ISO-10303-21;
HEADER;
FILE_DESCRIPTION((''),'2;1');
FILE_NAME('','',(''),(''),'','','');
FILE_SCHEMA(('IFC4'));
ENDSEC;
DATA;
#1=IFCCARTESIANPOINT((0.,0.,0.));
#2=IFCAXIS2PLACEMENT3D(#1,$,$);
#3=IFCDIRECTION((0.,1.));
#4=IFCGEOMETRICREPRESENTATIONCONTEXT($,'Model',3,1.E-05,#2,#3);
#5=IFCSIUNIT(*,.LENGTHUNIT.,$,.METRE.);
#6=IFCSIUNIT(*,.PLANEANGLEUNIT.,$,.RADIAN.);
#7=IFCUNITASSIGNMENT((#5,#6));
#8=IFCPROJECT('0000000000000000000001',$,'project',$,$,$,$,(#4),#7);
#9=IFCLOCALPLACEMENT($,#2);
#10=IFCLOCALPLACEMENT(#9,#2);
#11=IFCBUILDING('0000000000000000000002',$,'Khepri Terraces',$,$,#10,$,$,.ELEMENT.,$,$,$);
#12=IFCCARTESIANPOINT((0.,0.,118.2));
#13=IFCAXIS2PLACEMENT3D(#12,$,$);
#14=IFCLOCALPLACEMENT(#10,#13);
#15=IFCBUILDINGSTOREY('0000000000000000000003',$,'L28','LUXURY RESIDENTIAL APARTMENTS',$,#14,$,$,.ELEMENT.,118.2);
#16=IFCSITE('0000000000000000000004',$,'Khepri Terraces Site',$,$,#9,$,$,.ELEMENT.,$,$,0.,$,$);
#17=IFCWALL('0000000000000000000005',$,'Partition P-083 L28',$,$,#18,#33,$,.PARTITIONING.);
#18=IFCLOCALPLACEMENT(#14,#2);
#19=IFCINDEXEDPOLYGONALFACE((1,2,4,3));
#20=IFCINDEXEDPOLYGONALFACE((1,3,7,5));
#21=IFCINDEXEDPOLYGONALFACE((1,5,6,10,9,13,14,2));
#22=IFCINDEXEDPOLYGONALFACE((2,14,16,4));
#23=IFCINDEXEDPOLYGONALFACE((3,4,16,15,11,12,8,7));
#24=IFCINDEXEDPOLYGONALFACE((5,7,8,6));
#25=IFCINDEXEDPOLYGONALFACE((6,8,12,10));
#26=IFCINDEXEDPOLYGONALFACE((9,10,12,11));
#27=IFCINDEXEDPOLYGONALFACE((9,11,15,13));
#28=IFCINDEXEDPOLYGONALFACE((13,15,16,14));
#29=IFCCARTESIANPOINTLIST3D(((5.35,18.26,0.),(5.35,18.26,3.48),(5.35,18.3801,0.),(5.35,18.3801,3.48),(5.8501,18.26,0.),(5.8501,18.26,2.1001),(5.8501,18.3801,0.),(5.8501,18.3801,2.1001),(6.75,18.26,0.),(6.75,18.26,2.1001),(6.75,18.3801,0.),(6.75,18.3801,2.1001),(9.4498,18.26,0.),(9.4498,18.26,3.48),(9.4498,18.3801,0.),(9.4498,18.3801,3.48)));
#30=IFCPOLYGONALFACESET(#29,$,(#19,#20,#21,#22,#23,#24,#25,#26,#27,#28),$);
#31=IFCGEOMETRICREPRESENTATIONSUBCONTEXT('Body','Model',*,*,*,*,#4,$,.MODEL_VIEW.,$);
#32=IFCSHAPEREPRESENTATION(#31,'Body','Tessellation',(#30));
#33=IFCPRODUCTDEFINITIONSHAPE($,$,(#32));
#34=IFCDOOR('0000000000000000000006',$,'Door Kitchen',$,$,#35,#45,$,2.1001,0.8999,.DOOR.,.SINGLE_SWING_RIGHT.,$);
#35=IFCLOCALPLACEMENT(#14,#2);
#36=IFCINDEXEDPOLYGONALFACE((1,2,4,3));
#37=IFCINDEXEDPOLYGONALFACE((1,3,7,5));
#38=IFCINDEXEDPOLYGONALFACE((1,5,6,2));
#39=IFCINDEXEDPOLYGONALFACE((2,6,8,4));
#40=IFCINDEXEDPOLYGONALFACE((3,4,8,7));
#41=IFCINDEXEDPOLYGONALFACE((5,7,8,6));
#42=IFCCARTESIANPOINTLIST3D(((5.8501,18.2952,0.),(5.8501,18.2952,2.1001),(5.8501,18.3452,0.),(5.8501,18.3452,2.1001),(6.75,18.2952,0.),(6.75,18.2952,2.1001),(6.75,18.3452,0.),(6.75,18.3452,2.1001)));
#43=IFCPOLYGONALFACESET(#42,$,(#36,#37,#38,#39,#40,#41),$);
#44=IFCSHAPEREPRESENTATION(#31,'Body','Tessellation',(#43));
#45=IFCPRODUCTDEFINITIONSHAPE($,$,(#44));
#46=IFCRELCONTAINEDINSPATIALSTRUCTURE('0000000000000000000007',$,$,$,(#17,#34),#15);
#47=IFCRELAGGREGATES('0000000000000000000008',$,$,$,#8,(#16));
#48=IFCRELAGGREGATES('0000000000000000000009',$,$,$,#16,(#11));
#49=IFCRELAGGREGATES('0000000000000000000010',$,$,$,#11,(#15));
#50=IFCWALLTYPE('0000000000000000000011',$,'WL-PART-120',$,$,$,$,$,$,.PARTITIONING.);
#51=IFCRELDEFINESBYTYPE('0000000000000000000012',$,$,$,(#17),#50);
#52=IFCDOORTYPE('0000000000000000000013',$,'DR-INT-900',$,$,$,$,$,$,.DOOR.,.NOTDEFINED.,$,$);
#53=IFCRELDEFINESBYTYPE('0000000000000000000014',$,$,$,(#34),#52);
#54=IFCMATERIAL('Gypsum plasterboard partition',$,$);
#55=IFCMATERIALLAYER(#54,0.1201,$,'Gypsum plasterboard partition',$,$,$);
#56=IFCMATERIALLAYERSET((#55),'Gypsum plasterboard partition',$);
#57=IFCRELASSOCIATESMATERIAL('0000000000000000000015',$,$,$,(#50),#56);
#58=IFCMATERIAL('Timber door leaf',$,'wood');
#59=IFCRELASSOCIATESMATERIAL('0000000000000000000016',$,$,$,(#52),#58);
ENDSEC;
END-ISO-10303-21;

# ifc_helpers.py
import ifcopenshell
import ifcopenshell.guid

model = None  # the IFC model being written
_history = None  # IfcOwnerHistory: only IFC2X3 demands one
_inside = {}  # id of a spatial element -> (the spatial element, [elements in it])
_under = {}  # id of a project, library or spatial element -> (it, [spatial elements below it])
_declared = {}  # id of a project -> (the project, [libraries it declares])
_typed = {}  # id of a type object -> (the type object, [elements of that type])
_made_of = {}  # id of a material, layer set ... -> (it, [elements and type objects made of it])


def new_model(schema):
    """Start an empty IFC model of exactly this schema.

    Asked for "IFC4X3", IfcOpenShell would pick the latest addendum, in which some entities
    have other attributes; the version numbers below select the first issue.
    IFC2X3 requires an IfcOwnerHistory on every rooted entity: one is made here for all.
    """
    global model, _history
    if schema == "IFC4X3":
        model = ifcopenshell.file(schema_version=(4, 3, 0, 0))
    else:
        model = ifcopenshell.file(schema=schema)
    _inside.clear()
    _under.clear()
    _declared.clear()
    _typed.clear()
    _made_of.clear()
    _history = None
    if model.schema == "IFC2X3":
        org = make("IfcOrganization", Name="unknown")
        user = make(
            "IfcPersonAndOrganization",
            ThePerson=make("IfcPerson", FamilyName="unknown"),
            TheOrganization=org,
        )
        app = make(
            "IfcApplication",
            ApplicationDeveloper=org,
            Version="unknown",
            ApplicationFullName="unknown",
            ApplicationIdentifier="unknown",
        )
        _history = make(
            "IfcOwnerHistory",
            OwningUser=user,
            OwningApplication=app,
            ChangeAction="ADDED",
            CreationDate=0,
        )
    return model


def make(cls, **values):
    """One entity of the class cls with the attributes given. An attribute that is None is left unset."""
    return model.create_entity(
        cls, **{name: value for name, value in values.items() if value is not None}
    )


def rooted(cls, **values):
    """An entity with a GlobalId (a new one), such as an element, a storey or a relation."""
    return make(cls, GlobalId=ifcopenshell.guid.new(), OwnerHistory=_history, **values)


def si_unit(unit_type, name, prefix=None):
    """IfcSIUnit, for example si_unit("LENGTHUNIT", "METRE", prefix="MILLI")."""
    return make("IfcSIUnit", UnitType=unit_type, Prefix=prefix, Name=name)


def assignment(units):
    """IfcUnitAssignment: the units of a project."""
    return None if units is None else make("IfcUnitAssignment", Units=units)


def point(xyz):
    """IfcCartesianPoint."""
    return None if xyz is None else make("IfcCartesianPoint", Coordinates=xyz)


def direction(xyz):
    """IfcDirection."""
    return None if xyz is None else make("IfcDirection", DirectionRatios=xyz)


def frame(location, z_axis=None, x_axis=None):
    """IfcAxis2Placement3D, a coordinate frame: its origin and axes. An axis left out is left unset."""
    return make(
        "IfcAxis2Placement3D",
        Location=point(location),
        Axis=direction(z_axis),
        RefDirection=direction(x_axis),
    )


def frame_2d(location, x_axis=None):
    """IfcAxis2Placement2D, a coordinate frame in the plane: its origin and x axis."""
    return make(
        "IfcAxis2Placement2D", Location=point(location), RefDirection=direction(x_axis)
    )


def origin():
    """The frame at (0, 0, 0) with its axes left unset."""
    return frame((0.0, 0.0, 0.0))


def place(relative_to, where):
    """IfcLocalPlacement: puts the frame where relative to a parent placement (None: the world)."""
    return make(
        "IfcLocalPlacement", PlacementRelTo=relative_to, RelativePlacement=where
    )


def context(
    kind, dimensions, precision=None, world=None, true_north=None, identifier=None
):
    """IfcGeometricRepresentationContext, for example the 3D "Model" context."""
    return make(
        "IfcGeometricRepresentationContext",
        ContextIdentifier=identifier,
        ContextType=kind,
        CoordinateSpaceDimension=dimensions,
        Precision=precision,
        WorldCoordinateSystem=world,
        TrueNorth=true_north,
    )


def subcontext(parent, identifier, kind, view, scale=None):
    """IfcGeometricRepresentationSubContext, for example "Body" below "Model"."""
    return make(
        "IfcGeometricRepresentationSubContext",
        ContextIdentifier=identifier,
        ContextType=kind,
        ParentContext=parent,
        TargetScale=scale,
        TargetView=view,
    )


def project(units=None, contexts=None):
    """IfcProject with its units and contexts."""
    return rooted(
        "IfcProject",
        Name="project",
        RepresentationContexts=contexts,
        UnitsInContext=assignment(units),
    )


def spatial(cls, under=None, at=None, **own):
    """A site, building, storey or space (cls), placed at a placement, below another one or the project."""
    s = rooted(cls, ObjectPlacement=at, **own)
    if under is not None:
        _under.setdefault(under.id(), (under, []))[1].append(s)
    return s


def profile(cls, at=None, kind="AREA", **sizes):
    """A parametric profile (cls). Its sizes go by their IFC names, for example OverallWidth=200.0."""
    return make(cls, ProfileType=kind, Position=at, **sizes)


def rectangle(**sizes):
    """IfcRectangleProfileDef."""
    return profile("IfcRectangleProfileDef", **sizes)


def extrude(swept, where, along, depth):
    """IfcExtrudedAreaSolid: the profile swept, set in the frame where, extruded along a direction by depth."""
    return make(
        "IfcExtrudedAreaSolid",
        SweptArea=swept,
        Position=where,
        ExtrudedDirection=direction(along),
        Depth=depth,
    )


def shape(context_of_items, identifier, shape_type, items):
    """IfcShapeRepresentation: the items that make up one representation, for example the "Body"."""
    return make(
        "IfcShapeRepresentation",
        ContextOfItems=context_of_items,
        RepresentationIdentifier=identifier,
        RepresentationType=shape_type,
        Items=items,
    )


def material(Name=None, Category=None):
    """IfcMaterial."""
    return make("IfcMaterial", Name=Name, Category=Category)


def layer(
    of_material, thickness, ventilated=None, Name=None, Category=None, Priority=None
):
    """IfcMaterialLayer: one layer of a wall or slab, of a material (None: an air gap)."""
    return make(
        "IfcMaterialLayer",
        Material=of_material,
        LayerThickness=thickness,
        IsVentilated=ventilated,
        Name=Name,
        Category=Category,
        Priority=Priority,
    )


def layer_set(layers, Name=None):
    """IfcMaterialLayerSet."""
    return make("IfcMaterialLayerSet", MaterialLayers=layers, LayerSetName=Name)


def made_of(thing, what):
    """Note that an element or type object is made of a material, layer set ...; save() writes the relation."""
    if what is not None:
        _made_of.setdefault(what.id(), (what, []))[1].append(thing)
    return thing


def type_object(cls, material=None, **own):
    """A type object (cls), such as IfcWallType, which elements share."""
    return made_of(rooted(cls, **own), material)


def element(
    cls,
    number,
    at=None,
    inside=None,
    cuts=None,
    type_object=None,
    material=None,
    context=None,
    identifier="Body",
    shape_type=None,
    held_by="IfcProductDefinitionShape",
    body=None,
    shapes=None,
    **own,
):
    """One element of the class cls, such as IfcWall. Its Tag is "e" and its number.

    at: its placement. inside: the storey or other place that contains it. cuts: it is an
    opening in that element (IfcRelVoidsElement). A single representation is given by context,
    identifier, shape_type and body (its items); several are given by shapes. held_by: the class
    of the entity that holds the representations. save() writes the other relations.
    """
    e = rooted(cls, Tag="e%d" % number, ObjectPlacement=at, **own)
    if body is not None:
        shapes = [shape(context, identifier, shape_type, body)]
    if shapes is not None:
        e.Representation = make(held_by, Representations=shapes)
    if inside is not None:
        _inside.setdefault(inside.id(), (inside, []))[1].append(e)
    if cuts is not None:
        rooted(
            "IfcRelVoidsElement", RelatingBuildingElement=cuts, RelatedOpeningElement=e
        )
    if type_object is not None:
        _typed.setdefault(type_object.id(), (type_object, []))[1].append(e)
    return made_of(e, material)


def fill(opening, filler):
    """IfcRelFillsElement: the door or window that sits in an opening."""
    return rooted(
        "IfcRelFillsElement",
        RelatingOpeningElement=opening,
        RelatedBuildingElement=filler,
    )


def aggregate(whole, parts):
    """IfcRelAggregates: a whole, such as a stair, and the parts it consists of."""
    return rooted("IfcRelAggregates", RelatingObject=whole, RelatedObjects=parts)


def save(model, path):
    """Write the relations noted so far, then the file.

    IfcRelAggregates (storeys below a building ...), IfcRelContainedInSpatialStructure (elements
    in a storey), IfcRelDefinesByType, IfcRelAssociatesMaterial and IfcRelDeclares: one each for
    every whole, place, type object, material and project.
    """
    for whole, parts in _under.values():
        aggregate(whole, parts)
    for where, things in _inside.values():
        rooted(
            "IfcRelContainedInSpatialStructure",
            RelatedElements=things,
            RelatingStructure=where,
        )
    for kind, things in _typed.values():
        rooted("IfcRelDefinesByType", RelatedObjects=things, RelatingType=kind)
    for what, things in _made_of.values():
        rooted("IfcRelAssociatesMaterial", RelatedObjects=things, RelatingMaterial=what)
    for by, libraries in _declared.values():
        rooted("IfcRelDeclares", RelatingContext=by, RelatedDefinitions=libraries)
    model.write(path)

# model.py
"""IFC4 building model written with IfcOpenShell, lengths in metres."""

from ifc_helpers import new_model, si_unit, direction, frame, frame_2d, origin, place, context, subcontext, project, spatial, rectangle, extrude, material, layer, layer_set, type_object, element, fill, save


model = new_model("IFC4")

# Units and contexts
model_context = context("Model", 3, precision=1e-05, world=origin(), true_north=direction((0.0, 1.0)))
body_context = subcontext(model_context, "Body", "Model", "MODEL_VIEW")
ifc_project = project(units=[si_unit("LENGTHUNIT", "METRE"), si_unit("PLANEANGLEUNIT", "RADIAN")], contexts=[model_context])

# Site, building, storey
site_placement = place(None, origin())
site = spatial("IfcSite", under=ifc_project, at=site_placement, Name="Khepri Terraces Site", CompositionType="ELEMENT", RefElevation=0.0)
building_placement = place(site_placement, origin())
building = spatial("IfcBuilding", under=site, at=building_placement, Name="Khepri Terraces", CompositionType="ELEMENT")
storey_placement = place(building_placement, frame((0.0, 0.0, 118.2)))
storey = spatial("IfcBuildingStorey", under=building, at=storey_placement, Name="L28", Description="LUXURY RESIDENTIAL APARTMENTS", CompositionType="ELEMENT", Elevation=118.2)

# Shared definitions
ifc_material_1 = material(Name="Gypsum plasterboard partition")
ifc_layer_1 = layer(ifc_material_1, 0.1201, Name="Gypsum plasterboard partition")
ifc_layer_set_1 = layer_set([ifc_layer_1], Name="Gypsum plasterboard partition")
wall_type_1 = type_object("IfcWallType", Name="WL-PART-120", PredefinedType="PARTITIONING", material=ifc_layer_set_1)

# Wall, opening, door
wall_1_placement = place(storey_placement, frame((5.3501, 18.3201, 0.0), z_axis=(0.0, 0.0, 1.0), x_axis=(1.0, 0.0, 0.0)))
wall_1 = element("IfcWall", 1, at=wall_1_placement, inside=storey, type_object=wall_type_1, Name="Partition P-083 L28", PredefinedType="PARTITIONING", context=body_context, shape_type="SweptSolid", body=[
    extrude(rectangle(XDim=4.0999, YDim=0.1201, at=frame_2d((2.0498, 0.0))), origin(), (0.0, 0.0, 1.0), 3.48),
])
opening_1_placement = place(wall_1_placement, frame((0.5, 0.0, 0.0)))
opening_1 = element("IfcOpeningElement", 2, at=opening_1_placement, cuts=wall_1, PredefinedType="OPENING", context=body_context, shape_type="SweptSolid", body=[
    extrude(rectangle(XDim=0.8999, YDim=2.1001, at=frame_2d((0.45, 1.05))), frame((0.0, 0.0701, 0.0), z_axis=(0.0, -1.0, 0.0), x_axis=(1.0, 0.0, 0.0)), (0.0, 0.0, 1.0), 0.1401),
])
ifc_material_2 = material(Name="Timber door leaf", Category="wood")
door_type_1 = type_object("IfcDoorType", Name="DR-INT-900", OperationType="NOTDEFINED", PredefinedType="DOOR", material=ifc_material_2)
door_1_placement = place(opening_1_placement, frame((0.8999, 0.0, 0.0), z_axis=(0.0, 0.0, 1.0), x_axis=(-1.0, 0.0, 0.0)))
door_1 = element("IfcDoor", 3, at=door_1_placement, inside=storey, type_object=door_type_1, Name="Door Kitchen", OperationType="SINGLE_SWING_RIGHT", OverallHeight=2.1001, OverallWidth=0.8999, PredefinedType="DOOR", context=body_context, shape_type="SweptSolid", body=[
    extrude(rectangle(XDim=0.8999, YDim=2.1001, at=frame_2d((0.45, 1.05))), frame((0.0, 0.0249, 0.0), z_axis=(0.0, -1.0, 0.0), x_axis=(1.0, 0.0, 0.0)), (0.0, 0.0, 1.0), 0.05),
])
fill(opening_1, door_1)

save(model, "model.ifc")
